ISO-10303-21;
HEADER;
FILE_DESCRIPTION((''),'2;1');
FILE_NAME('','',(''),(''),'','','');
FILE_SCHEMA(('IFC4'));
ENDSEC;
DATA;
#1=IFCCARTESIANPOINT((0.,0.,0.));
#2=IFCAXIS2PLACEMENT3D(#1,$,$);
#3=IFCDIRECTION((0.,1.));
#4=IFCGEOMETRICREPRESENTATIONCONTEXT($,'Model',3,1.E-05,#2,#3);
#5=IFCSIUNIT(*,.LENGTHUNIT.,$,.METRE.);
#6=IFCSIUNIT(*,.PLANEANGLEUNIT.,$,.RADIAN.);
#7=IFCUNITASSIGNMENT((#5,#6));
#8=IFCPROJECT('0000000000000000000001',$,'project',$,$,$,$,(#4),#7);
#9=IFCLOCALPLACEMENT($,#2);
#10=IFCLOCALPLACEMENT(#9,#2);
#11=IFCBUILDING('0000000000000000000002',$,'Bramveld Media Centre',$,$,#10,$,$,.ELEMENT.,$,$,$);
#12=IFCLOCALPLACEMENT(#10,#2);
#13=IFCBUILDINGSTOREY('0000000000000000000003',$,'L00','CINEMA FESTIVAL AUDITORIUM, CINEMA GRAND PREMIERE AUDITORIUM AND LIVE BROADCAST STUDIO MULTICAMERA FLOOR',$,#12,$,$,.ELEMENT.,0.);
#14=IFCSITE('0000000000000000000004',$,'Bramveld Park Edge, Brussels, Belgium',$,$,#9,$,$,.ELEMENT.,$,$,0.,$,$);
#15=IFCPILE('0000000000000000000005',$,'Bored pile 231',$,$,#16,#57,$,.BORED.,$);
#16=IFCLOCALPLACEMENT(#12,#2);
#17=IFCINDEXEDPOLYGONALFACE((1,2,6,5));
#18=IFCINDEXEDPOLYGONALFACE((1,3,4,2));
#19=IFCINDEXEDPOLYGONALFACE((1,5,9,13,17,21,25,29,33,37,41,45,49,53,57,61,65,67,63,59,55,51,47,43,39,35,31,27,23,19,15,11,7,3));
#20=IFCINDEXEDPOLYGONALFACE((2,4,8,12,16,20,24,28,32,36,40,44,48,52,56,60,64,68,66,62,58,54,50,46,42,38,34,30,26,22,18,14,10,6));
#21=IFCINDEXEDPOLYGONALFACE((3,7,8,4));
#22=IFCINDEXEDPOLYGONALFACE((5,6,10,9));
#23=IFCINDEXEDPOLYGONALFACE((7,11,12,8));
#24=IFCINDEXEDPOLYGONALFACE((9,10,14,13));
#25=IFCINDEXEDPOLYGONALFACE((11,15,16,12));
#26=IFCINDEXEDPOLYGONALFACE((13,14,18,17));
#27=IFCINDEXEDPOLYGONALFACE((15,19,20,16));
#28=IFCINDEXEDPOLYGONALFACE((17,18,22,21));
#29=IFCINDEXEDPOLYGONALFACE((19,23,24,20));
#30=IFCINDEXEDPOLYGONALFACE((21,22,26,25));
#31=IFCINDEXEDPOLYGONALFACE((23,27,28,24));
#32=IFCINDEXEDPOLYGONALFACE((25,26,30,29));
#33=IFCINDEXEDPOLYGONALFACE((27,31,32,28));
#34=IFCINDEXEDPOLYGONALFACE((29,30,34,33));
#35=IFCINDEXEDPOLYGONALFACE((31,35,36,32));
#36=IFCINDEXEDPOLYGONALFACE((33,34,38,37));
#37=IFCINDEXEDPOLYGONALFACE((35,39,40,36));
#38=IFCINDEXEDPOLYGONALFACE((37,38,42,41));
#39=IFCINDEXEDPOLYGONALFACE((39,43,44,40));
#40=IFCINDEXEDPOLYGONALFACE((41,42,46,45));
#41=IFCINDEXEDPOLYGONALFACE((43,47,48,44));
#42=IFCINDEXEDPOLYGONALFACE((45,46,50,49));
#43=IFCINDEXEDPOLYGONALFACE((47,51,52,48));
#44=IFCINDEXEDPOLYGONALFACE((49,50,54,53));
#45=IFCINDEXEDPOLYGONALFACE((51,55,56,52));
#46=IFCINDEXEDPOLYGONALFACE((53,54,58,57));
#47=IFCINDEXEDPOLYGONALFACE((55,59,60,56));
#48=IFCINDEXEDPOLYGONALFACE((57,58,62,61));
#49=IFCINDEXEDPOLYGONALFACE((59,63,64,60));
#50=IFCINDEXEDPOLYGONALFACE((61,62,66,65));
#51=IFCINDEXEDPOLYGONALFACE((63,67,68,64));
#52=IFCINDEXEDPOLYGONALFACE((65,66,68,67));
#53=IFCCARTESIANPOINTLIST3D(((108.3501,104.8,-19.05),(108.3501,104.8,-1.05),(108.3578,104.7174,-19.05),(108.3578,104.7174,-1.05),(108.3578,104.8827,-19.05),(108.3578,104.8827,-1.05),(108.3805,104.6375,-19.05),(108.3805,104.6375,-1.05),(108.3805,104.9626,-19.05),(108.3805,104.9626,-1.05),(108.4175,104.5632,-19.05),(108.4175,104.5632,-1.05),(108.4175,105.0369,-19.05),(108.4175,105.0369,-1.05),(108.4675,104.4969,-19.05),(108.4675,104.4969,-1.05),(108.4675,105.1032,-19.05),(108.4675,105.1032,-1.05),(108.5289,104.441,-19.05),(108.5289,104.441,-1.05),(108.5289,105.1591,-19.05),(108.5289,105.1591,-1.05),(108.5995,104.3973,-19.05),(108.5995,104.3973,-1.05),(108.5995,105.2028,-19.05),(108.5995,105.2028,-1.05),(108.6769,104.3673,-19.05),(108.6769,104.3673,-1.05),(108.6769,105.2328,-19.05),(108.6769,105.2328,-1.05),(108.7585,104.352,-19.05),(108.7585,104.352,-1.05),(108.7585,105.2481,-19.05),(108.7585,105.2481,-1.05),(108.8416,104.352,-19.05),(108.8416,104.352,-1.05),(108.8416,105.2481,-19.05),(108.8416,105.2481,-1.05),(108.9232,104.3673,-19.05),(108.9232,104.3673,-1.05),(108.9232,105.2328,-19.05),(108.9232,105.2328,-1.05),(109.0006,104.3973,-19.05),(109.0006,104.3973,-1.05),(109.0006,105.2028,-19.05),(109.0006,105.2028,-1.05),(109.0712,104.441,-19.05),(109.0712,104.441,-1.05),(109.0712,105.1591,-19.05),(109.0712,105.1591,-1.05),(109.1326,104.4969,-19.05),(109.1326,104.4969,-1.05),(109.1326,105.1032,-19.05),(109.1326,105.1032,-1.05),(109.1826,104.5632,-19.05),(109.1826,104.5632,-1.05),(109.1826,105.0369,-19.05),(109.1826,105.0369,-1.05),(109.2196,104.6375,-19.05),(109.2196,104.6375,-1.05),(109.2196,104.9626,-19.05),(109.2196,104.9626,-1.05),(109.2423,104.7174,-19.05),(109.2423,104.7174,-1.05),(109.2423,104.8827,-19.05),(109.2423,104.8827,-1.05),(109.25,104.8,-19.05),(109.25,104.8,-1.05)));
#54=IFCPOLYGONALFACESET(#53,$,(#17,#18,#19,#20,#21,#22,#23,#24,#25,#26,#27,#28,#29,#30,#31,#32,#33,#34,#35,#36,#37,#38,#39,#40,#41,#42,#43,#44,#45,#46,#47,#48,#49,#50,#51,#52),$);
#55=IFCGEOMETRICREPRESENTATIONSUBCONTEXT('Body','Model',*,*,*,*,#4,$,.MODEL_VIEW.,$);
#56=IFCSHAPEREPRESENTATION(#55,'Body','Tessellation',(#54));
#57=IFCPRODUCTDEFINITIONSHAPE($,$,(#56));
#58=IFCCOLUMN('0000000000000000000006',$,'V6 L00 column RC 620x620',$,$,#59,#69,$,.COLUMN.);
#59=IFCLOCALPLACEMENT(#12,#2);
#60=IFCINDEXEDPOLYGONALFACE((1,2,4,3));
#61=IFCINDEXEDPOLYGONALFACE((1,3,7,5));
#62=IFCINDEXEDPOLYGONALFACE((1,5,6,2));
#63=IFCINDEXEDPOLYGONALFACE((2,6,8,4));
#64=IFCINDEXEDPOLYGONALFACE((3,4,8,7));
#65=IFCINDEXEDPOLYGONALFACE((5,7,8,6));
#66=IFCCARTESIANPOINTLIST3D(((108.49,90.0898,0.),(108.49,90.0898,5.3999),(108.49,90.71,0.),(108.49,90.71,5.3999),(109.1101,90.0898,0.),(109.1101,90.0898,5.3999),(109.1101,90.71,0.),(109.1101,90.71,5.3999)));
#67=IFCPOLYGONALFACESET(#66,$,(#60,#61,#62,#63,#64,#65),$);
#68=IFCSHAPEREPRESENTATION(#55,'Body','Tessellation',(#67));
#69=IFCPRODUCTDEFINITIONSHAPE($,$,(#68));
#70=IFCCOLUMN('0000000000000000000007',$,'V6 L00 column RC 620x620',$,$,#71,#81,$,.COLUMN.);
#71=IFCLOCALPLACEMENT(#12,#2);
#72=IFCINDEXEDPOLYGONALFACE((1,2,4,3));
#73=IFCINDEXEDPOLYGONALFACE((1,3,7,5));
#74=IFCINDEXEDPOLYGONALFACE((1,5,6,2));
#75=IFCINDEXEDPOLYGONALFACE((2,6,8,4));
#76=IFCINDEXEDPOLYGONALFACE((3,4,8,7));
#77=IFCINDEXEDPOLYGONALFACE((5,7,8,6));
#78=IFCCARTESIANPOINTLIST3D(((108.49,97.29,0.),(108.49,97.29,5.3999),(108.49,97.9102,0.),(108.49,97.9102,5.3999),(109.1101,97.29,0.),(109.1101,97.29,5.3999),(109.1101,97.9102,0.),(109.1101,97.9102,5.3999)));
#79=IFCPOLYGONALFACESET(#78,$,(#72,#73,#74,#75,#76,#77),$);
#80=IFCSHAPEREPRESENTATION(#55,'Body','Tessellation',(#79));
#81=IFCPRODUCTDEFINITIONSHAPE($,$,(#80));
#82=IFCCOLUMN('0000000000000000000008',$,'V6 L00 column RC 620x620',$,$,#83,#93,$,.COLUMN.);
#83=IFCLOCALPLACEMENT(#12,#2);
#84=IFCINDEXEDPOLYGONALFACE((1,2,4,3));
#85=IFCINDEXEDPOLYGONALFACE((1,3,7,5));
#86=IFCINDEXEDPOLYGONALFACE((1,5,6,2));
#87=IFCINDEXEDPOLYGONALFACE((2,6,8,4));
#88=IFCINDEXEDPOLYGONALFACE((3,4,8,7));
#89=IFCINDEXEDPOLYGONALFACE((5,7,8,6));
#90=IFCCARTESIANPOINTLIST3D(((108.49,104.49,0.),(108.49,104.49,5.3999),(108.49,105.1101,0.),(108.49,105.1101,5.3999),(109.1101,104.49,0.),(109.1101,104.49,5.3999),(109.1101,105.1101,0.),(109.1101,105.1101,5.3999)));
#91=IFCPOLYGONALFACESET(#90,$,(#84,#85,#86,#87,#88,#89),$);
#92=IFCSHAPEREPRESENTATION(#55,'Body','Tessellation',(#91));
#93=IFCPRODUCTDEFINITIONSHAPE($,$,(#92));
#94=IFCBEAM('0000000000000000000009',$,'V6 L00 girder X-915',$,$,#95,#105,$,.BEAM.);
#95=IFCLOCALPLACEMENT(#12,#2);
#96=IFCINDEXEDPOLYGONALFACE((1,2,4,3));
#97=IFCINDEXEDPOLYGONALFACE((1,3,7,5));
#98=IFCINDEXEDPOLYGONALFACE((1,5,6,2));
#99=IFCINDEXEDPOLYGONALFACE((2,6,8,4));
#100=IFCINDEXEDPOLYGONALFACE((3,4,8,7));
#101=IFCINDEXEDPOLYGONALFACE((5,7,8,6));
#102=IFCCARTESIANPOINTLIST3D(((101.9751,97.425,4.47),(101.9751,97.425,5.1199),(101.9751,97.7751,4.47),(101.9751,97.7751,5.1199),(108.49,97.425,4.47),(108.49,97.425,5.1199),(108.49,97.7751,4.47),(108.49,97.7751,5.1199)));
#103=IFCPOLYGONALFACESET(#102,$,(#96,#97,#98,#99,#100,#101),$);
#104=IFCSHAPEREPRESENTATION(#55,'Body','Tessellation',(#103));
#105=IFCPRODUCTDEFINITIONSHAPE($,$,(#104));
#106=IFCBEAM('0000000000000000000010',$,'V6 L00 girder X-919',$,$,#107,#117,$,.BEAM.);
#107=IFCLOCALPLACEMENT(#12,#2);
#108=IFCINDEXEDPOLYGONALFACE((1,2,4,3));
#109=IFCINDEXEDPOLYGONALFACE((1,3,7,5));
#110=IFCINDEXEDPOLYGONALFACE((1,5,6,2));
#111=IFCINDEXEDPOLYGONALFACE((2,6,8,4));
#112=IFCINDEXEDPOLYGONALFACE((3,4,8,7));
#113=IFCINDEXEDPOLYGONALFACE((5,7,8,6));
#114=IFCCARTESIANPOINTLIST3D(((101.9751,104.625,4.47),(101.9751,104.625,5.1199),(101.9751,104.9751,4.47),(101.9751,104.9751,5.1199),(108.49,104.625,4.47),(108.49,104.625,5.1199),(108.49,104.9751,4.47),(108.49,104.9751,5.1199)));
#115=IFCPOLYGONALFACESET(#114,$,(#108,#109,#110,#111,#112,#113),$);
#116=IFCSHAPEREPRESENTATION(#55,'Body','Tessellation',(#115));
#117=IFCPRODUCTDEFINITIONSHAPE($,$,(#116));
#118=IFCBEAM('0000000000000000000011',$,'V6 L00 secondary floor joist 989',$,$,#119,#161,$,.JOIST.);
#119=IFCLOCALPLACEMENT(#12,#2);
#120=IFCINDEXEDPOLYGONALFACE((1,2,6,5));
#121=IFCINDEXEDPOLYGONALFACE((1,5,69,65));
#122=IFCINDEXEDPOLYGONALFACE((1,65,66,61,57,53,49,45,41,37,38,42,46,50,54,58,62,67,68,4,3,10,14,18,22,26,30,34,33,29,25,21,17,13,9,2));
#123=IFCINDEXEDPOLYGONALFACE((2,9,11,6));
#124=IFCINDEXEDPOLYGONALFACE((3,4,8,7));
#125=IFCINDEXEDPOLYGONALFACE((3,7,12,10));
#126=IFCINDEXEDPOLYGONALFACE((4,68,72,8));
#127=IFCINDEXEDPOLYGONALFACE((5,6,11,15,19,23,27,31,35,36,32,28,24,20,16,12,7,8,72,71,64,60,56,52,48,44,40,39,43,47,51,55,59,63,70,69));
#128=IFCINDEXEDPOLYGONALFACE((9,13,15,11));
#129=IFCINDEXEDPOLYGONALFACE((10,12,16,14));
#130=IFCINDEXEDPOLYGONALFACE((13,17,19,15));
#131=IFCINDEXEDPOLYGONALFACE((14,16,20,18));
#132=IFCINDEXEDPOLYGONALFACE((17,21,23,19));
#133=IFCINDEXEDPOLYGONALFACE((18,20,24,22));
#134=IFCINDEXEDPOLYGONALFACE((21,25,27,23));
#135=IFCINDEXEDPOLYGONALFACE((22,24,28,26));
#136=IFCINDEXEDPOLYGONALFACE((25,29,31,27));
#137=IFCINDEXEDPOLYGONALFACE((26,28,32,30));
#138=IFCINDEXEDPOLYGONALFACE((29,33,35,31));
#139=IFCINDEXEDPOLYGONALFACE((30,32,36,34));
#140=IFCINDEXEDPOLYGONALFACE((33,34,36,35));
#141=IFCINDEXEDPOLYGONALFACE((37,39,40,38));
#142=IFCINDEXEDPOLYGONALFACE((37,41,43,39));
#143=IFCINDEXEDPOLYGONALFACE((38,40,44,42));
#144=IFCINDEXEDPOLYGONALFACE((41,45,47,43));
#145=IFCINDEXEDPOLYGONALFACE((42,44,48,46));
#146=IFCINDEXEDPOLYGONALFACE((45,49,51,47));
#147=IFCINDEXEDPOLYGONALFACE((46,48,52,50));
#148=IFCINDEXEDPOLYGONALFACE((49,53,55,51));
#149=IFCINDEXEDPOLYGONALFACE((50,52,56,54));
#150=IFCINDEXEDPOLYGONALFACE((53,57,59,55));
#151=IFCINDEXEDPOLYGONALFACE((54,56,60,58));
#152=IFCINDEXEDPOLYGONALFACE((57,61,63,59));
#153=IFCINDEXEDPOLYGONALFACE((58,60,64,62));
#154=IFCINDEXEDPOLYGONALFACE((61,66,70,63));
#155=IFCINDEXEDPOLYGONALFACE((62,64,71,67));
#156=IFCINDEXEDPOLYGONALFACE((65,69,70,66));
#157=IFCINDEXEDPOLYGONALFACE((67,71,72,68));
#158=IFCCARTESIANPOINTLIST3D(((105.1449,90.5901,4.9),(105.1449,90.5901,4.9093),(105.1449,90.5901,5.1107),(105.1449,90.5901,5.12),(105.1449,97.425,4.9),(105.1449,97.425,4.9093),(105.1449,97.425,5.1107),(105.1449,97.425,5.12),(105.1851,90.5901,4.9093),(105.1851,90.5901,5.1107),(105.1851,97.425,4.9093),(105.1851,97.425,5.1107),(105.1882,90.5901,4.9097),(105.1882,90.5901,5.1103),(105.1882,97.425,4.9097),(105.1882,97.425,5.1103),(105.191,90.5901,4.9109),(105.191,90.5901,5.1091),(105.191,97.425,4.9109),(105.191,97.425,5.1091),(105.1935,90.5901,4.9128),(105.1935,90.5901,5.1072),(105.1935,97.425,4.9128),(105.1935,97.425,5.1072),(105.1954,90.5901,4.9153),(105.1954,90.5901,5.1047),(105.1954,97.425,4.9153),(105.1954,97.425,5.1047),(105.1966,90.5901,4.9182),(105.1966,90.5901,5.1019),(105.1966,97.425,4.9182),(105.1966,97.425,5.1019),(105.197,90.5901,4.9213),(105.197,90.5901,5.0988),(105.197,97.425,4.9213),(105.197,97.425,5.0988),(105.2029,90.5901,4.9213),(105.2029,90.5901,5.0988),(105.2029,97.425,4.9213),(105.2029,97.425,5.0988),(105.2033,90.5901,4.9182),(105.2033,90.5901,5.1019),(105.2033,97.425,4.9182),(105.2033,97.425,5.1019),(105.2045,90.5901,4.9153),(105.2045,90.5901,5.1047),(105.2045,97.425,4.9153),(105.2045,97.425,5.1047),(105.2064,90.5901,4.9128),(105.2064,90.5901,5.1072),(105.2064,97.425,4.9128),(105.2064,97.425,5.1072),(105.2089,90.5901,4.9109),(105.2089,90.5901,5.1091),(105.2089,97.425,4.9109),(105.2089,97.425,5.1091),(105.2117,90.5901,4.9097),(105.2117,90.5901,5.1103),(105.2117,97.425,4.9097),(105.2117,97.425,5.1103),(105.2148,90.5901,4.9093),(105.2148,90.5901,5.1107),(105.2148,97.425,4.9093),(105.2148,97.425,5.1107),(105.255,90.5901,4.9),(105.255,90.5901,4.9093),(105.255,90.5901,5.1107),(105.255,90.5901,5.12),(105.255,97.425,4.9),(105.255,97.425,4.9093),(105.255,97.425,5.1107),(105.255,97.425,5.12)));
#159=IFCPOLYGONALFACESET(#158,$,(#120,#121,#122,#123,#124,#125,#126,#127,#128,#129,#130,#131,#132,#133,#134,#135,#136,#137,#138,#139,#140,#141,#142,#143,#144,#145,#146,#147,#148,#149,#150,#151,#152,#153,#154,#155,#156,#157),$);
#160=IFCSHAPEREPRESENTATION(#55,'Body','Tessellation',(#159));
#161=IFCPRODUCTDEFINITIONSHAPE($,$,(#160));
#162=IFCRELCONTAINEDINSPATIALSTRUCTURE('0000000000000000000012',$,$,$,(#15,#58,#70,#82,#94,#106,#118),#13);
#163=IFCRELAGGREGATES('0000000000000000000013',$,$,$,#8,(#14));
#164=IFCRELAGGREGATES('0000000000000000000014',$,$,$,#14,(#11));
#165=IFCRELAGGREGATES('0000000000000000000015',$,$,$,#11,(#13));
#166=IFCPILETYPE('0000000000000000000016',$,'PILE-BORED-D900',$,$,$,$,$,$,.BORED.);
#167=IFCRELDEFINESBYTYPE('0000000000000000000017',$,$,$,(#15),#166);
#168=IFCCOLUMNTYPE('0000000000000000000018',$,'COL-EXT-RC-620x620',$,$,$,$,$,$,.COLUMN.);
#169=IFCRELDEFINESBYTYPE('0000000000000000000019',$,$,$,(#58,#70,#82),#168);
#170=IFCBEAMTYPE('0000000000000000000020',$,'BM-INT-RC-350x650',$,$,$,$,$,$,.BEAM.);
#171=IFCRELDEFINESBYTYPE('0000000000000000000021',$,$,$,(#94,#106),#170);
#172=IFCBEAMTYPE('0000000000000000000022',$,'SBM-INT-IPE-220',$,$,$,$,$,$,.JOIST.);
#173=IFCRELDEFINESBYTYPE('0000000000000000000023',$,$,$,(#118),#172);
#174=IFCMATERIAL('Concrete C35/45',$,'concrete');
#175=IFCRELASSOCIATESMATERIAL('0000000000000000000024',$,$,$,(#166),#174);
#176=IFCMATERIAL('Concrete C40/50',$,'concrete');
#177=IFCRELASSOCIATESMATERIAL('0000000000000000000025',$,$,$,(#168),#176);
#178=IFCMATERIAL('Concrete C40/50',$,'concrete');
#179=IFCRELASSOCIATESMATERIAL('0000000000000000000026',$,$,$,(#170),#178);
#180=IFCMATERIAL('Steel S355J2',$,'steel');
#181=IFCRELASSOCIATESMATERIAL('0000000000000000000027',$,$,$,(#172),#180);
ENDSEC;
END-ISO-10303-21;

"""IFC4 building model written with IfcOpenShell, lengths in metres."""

from ifc_helpers import new_model, si_unit, direction, frame, origin, origin_2d, place, context, subcontext, project, spatial, rectangle, circle, i_section, extrude, material, material_profile, profile_set, type_object, element, save


model = new_model("IFC4")

# Units and contexts
model_context = context("Model", 3, precision=1e-05, world=origin(), true_north=direction((0.0, 1.0)))
body_context = subcontext(model_context, "Body", "Model", "MODEL_VIEW")
ifc_project = project(units=[si_unit("LENGTHUNIT", "METRE"), si_unit("PLANEANGLEUNIT", "RADIAN")], contexts=[model_context])

# Site, building, storey
site_placement = place(None, origin())
site = spatial("IfcSite", under=ifc_project, at=site_placement, Name="Bramveld Park Edge, Brussels, Belgium", CompositionType="ELEMENT", RefElevation=0.0)
building_placement = place(site_placement, origin())
building = spatial("IfcBuilding", under=site, at=building_placement, Name="Bramveld Media Centre", CompositionType="ELEMENT")
storey_placement = place(building_placement, origin())
storey = spatial("IfcBuildingStorey", under=building, at=storey_placement, Name="L00", Description="CINEMA FESTIVAL AUDITORIUM, CINEMA GRAND PREMIERE AUDITORIUM AND LIVE BROADCAST STUDIO MULTICAMERA FLOOR", CompositionType="ELEMENT", Elevation=0.0)

# Pile
ifc_material_1 = material(Name="Concrete C35/45", Category="concrete")
ifc_material_profile_1 = material_profile(ifc_material_1, circle(Radius=0.45, at=origin_2d()), Name="BORED D900")
ifc_profile_set_1 = profile_set([ifc_material_profile_1], Name="Concrete C35/45")
pile_type = type_object("IfcPileType", Name="PILE-BORED-D900", PredefinedType="BORED", material=ifc_profile_set_1)
for number, where, z_axis, x_axis, name in (
    (1, (108.8, 104.8, -1.05), (0.0, 0.0, -1.0), (1.0, 0.0, 0.0), "Bored pile 231"),
):
    element("IfcPile", number, at=place(storey_placement, frame(where, z_axis=z_axis, x_axis=x_axis)), inside=storey, type_object=pile_type, Name=name, PredefinedType="BORED", context=body_context, shape_type="SweptSolid", body=[
        extrude(circle(Radius=0.45, at=origin_2d()), origin(), (0.0, 0.0, 1.0), 18.0),
    ])

# Columns
ifc_material_2 = material(Name="Concrete C40/50", Category="concrete")
ifc_material_profile_2 = material_profile(ifc_material_2, rectangle(XDim=0.6201, YDim=0.6201, at=origin_2d()), Name="RC 620x620")
ifc_profile_set_2 = profile_set([ifc_material_profile_2], Name="Concrete C40/50")
column_type = type_object("IfcColumnType", Name="COL-EXT-RC-620x620", PredefinedType="COLUMN", material=ifc_profile_set_2)
for number, where, z_axis, x_axis, name in (
    (2, (108.8, 90.3999, 0.0), (0.0, 0.0, 1.0), (1.0, 0.0, 0.0), "V6 L00 column RC 620x620"),
    (3, (108.8, 97.6001, 0.0), (0.0, 0.0, 1.0), (1.0, 0.0, 0.0), "V6 L00 column RC 620x620"),
    (4, (108.8, 104.8, 0.0), (0.0, 0.0, 1.0), (1.0, 0.0, 0.0), "V6 L00 column RC 620x620"),
):
    element("IfcColumn", number, at=place(storey_placement, frame(where, z_axis=z_axis, x_axis=x_axis)), inside=storey, type_object=column_type, Name=name, PredefinedType="COLUMN", context=body_context, shape_type="SweptSolid", body=[
        extrude(rectangle(XDim=0.6201, YDim=0.6201, at=origin_2d()), origin(), (0.0, 0.0, 1.0), 5.3999),
    ])

# Beams
ifc_material_3 = material(Name="Concrete C40/50", Category="concrete")
ifc_material_profile_3 = material_profile(ifc_material_3, rectangle(XDim=0.3501, YDim=0.6499, at=origin_2d()), Name="RC 350x650")
ifc_profile_set_3 = profile_set([ifc_material_profile_3], Name="Concrete C40/50")
beam_type_1 = type_object("IfcBeamType", Name="BM-INT-RC-350x650", PredefinedType="BEAM", material=ifc_profile_set_3)
for number, where, z_axis, x_axis, name in (
    (5, (101.9751, 97.6001, 4.7949), (1.0, 0.0, 0.0), (0.0, 1.0, 0.0), "V6 L00 girder X-915"),
    (6, (101.9751, 104.8, 4.7949), (1.0, 0.0, 0.0), (0.0, 1.0, 0.0), "V6 L00 girder X-919"),
):
    element("IfcBeam", number, at=place(storey_placement, frame(where, z_axis=z_axis, x_axis=x_axis)), inside=storey, type_object=beam_type_1, Name=name, PredefinedType="BEAM", context=body_context, shape_type="SweptSolid", body=[
        extrude(rectangle(XDim=0.3501, YDim=0.6499, at=origin_2d()), origin(), (0.0, 0.0, 1.0), 6.5149),
    ])
ifc_material_4 = material(Name="Steel S355J2", Category="steel")
ifc_material_profile_4 = material_profile(ifc_material_4, i_section(OverallWidth=0.1101, OverallDepth=0.22, WebThickness=0.0059, FlangeThickness=0.0093, FilletRadius=0.012, at=origin_2d()), Name="IPE 220")
ifc_profile_set_4 = profile_set([ifc_material_profile_4], Name="Steel S355J2")
beam_type_2 = type_object("IfcBeamType", Name="SBM-INT-IPE-220", PredefinedType="JOIST", material=ifc_profile_set_4)
beam_1_placement = place(storey_placement, frame((105.2, 90.5901, 5.01), z_axis=(0.0, 1.0, 0.0), x_axis=(-1.0, 0.0, 0.0)))
element("IfcBeam", 7, at=beam_1_placement, inside=storey, type_object=beam_type_2, Name="V6 L00 secondary floor joist 989", PredefinedType="JOIST", context=body_context, shape_type="SweptSolid", body=[
    extrude(i_section(OverallWidth=0.1101, OverallDepth=0.22, WebThickness=0.0059, FlangeThickness=0.0093, FilletRadius=0.012, at=origin_2d()), origin(), (0.0, 0.0, 1.0), 6.835),
])

save(model, "model.ifc")
